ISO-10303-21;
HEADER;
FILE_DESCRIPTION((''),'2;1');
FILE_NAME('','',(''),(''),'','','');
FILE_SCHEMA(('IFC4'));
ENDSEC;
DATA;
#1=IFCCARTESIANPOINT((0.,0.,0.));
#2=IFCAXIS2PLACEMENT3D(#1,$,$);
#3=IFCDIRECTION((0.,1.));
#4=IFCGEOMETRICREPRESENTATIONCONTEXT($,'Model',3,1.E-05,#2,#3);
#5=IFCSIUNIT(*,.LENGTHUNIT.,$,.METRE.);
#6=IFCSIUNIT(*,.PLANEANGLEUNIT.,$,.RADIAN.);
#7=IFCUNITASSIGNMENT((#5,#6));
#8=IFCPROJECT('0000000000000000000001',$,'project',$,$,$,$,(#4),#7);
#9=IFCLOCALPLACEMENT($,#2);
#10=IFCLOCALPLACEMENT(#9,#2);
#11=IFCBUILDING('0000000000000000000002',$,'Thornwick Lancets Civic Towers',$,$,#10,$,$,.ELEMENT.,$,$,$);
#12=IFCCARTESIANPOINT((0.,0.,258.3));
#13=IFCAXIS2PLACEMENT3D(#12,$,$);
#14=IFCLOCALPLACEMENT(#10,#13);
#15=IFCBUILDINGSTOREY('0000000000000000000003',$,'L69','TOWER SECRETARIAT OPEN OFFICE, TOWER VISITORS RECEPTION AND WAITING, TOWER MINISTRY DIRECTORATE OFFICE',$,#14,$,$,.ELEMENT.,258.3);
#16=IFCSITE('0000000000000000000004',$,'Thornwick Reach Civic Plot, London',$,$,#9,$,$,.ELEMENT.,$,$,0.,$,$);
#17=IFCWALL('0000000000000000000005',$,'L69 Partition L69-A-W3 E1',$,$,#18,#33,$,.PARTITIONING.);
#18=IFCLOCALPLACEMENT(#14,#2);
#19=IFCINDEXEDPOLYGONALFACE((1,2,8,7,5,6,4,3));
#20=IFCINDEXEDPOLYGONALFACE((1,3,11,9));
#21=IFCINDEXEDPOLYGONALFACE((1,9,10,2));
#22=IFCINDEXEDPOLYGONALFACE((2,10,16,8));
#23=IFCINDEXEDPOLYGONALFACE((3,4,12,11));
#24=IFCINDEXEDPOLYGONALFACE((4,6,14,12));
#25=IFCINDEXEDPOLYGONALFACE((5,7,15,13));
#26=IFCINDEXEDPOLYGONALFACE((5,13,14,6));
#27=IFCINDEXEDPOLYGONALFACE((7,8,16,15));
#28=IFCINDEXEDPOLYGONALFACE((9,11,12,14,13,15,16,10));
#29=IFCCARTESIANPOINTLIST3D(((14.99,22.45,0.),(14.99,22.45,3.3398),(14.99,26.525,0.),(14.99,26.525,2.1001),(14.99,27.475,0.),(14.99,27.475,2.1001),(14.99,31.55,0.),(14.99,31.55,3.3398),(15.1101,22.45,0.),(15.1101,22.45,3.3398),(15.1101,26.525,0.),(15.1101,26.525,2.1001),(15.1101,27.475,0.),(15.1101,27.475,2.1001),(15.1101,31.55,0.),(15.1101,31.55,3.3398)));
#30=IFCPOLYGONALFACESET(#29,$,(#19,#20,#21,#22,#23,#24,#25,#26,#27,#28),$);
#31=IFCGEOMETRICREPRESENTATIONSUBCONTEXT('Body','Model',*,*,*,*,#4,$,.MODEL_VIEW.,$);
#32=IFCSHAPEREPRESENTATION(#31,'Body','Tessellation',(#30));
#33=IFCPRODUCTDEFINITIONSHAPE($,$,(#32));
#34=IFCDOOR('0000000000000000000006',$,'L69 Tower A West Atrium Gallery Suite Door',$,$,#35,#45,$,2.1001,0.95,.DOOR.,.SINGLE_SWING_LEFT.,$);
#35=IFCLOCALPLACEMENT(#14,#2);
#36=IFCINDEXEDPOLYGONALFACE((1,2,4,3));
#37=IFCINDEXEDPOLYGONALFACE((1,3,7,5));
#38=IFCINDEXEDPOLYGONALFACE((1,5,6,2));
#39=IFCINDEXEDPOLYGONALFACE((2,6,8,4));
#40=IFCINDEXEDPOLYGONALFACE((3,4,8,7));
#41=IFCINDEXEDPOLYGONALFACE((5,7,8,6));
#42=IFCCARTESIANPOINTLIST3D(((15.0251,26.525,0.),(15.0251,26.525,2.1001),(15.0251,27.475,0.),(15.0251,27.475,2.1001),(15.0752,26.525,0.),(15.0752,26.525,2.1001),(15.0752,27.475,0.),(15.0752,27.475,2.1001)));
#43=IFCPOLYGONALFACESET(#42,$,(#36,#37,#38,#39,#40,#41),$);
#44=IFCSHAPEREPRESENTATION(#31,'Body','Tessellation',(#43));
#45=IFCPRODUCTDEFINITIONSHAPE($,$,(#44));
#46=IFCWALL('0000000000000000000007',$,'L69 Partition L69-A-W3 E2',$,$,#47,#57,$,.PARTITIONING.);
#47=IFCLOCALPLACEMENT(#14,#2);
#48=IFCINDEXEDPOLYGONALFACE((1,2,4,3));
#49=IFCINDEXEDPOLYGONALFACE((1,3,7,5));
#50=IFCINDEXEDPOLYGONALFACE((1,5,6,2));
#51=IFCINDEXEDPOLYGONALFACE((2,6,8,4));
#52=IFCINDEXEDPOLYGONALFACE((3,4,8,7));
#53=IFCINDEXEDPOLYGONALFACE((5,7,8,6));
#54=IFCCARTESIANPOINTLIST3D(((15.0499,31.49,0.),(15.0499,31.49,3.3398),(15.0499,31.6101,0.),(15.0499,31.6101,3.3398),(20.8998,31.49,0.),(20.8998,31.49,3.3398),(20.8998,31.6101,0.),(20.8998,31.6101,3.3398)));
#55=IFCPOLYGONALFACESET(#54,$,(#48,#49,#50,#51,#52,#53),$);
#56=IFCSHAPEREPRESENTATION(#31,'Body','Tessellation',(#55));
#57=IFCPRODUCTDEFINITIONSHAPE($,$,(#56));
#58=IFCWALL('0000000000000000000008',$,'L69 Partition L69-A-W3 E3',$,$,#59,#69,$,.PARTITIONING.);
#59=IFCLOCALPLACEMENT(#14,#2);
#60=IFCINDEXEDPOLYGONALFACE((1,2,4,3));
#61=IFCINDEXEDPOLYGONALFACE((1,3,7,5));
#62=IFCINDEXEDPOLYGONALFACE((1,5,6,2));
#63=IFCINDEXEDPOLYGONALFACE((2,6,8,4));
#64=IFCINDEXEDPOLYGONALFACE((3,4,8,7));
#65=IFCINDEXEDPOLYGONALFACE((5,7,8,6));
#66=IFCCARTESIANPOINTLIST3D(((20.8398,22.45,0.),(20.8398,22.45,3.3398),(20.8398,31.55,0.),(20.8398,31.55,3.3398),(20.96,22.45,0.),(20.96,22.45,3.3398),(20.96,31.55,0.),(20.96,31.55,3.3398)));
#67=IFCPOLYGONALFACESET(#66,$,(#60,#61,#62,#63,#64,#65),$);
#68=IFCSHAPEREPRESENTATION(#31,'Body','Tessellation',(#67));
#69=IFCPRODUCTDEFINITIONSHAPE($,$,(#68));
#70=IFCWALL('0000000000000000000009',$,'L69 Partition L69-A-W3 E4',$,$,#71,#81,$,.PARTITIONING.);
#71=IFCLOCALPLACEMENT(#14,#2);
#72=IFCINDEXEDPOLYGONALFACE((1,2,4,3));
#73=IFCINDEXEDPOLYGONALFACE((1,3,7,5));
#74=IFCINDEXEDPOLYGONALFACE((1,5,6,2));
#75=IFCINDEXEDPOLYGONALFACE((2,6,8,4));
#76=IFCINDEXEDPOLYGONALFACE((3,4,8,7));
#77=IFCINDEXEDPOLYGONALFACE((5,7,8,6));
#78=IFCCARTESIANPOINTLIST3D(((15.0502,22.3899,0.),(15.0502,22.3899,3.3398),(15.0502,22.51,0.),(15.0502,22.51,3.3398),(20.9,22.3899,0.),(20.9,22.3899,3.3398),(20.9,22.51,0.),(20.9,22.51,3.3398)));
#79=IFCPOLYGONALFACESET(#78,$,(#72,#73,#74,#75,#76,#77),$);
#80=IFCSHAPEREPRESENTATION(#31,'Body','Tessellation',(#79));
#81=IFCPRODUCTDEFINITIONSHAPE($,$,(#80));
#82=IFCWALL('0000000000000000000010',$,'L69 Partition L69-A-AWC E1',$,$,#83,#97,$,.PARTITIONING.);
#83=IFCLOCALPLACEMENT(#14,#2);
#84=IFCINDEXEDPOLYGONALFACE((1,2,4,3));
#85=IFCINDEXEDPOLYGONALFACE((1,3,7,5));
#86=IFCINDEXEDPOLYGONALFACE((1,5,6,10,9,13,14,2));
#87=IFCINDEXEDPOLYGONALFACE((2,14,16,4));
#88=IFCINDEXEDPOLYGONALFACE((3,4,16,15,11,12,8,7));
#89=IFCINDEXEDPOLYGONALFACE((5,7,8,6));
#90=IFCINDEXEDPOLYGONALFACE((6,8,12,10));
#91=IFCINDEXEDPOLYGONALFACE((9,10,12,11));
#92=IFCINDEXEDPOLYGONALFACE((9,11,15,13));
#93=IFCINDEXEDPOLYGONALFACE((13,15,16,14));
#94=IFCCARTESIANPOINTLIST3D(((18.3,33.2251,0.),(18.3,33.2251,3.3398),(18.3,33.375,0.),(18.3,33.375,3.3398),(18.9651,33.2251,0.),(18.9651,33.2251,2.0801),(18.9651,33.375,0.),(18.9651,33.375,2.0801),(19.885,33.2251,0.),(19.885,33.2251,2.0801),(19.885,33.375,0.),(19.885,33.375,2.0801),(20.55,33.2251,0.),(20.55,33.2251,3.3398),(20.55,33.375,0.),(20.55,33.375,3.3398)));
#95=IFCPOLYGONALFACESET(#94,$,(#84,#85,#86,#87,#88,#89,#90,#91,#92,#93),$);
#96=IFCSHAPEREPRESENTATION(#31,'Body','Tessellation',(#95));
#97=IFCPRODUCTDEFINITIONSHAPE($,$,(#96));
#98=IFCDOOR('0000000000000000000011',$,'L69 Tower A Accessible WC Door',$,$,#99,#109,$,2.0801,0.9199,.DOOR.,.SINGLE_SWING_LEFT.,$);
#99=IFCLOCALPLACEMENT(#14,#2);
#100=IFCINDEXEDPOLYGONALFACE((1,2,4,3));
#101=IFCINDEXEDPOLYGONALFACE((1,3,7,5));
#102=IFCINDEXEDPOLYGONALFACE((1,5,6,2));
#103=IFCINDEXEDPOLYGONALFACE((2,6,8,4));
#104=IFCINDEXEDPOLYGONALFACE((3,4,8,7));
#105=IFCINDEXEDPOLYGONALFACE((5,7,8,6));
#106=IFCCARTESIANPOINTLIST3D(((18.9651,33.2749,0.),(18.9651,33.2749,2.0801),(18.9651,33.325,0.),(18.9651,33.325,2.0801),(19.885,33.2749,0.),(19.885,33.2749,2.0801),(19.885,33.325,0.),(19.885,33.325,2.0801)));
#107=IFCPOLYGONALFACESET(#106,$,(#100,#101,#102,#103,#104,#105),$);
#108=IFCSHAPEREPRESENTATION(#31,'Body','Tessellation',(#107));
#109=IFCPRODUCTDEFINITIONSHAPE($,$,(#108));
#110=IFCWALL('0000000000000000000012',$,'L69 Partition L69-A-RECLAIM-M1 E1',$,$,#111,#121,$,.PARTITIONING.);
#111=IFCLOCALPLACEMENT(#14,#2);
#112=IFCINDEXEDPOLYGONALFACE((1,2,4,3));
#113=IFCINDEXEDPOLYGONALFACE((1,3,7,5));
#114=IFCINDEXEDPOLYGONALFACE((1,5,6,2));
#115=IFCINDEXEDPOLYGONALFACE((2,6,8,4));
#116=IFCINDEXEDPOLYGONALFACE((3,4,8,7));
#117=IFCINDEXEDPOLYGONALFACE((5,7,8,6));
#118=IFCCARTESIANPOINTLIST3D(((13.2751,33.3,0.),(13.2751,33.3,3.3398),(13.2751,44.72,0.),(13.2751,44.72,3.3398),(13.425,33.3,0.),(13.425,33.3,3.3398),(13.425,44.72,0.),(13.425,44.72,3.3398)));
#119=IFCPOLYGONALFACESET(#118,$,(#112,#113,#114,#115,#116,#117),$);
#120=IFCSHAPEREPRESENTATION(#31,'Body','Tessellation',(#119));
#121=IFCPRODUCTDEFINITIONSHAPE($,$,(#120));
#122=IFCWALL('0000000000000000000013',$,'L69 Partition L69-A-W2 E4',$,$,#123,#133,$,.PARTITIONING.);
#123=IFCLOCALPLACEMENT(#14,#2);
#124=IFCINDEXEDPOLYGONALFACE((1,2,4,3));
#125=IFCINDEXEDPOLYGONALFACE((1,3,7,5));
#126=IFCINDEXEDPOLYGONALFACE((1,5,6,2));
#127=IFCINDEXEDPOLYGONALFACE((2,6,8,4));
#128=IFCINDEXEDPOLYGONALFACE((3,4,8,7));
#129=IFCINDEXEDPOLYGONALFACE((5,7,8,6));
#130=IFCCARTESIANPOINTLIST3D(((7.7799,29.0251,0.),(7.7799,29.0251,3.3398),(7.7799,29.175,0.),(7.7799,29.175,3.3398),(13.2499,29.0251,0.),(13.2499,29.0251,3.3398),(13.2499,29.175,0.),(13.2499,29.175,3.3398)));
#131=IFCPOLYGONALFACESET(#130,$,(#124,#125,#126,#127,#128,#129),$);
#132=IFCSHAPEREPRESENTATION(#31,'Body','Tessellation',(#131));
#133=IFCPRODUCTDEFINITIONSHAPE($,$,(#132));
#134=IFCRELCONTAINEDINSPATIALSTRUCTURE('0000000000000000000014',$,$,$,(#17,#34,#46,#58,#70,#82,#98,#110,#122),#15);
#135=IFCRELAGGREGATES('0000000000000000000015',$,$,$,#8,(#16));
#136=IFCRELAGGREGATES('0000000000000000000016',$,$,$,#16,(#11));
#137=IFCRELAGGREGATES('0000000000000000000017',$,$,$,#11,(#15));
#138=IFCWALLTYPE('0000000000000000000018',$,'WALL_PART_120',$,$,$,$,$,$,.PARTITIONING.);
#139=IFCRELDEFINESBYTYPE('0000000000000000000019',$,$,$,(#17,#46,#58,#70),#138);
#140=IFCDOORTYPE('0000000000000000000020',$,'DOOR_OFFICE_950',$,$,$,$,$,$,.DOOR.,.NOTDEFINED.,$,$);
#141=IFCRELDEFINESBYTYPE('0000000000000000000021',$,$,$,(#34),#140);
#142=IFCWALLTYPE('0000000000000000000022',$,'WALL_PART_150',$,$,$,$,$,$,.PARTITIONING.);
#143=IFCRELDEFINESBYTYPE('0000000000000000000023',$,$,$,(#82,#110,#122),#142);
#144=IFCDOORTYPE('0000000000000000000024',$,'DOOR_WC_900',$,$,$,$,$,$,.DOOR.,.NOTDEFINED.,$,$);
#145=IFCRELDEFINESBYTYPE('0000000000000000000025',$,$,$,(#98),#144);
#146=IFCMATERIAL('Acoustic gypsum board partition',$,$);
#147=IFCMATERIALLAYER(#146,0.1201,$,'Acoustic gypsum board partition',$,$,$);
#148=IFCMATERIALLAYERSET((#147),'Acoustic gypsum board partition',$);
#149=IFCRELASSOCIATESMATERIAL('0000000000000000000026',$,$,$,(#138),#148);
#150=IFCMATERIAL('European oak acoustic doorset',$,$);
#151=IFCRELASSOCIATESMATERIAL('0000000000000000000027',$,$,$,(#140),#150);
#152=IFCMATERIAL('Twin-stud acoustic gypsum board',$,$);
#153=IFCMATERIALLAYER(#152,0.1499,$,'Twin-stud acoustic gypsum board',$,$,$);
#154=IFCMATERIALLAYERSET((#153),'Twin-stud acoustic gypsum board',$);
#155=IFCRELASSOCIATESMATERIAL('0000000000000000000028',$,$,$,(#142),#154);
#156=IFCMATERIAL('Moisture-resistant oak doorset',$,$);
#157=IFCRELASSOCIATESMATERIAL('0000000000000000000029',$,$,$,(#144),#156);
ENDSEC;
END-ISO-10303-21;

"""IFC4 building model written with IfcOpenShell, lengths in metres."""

from ifc_helpers import new_model, si_unit, direction, frame, frame_2d, origin, place, context, subcontext, project, spatial, rectangle, extrude, material, layer, layer_set, type_object, element, fill, save


model = new_model("IFC4")

# Units and contexts
model_context = context("Model", 3, precision=1e-05, world=origin(), true_north=direction((0.0, 1.0)))
body_context = subcontext(model_context, "Body", "Model", "MODEL_VIEW")
ifc_project = project(units=[si_unit("LENGTHUNIT", "METRE"), si_unit("PLANEANGLEUNIT", "RADIAN")], contexts=[model_context])

# Site, building, storey
site_placement = place(None, origin())
site = spatial("IfcSite", under=ifc_project, at=site_placement, Name="Thornwick Reach Civic Plot, London", CompositionType="ELEMENT", RefElevation=0.0)
building_placement = place(site_placement, origin())
building = spatial("IfcBuilding", under=site, at=building_placement, Name="Thornwick Lancets Civic Towers", CompositionType="ELEMENT")
storey_placement = place(building_placement, frame((0.0, 0.0, 258.3)))
storey = spatial("IfcBuildingStorey", under=building, at=storey_placement, Name="L69", Description="TOWER SECRETARIAT OPEN OFFICE, TOWER VISITORS RECEPTION AND WAITING, TOWER MINISTRY DIRECTORATE OFFICE", CompositionType="ELEMENT", Elevation=258.3)

# Shared definitions
ifc_material_1 = material(Name="Acoustic gypsum board partition")
ifc_layer_1 = layer(ifc_material_1, 0.1201, Name="Acoustic gypsum board partition")
ifc_layer_set_1 = layer_set([ifc_layer_1], Name="Acoustic gypsum board partition")
wall_type_1 = type_object("IfcWallType", Name="WALL_PART_120", PredefinedType="PARTITIONING", material=ifc_layer_set_1)

# Wall, opening, door
wall_1_placement = place(storey_placement, frame((15.05, 22.45, 0.0), z_axis=(0.0, 0.0, 1.0), x_axis=(0.0, 1.0, 0.0)))
wall_1 = element("IfcWall", 1, at=wall_1_placement, inside=storey, type_object=wall_type_1, Name="L69 Partition L69-A-W3 E1", PredefinedType="PARTITIONING", context=body_context, shape_type="SweptSolid", body=[
    extrude(rectangle(XDim=9.1001, YDim=0.1201, at=frame_2d((4.55, 0.0))), origin(), (0.0, 0.0, 1.0), 3.3398),
])
opening_1_placement = place(wall_1_placement, frame((4.075, 0.0, 0.0)))
opening_1 = element("IfcOpeningElement", 2, at=opening_1_placement, cuts=wall_1, PredefinedType="OPENING", context=body_context, shape_type="SweptSolid", body=[
    extrude(rectangle(XDim=0.95, YDim=2.1001, at=frame_2d((0.4751, 1.05))), frame((0.0, 0.0701, 0.0), z_axis=(0.0, -1.0, 0.0), x_axis=(1.0, 0.0, 0.0)), (0.0, 0.0, 1.0), 0.1401),
])
ifc_material_2 = material(Name="European oak acoustic doorset")
door_type_1 = type_object("IfcDoorType", Name="DOOR_OFFICE_950", OperationType="NOTDEFINED", PredefinedType="DOOR", material=ifc_material_2)
door_1_placement = place(opening_1_placement, origin())
door_1 = element("IfcDoor", 3, at=door_1_placement, inside=storey, type_object=door_type_1, Name="L69 Tower A West Atrium Gallery Suite Door", OperationType="SINGLE_SWING_LEFT", OverallHeight=2.1001, OverallWidth=0.95, PredefinedType="DOOR", context=body_context, shape_type="SweptSolid", body=[
    extrude(rectangle(XDim=0.95, YDim=2.1001, at=frame_2d((0.4751, 1.05))), frame((0.0, 0.0249, 0.0), z_axis=(0.0, -1.0, 0.0), x_axis=(1.0, 0.0, 0.0)), (0.0, 0.0, 1.0), 0.05),
])
fill(opening_1, door_1)

# Walls
wall_2_placement = place(storey_placement, frame((15.05, 31.55, 0.0), z_axis=(0.0, 0.0, 1.0), x_axis=(1.0, 0.0, 0.0)))
element("IfcWall", 4, at=wall_2_placement, inside=storey, type_object=wall_type_1, Name="L69 Partition L69-A-W3 E2", PredefinedType="PARTITIONING", context=body_context, shape_type="SweptSolid", body=[
    extrude(rectangle(XDim=5.8499, YDim=0.1201, at=frame_2d((2.9248, 0.0))), origin(), (0.0, 0.0, 1.0), 3.3398),
])
wall_3_placement = place(storey_placement, frame((20.8999, 31.55, 0.0), z_axis=(0.0, 0.0, 1.0), x_axis=(0.0, -1.0, 0.0)))
element("IfcWall", 5, at=wall_3_placement, inside=storey, type_object=wall_type_1, Name="L69 Partition L69-A-W3 E3", PredefinedType="PARTITIONING", context=body_context, shape_type="SweptSolid", body=[
    extrude(rectangle(XDim=9.1001, YDim=0.1201, at=frame_2d((4.55, 0.0))), origin(), (0.0, 0.0, 1.0), 3.3398),
])
wall_4_placement = place(storey_placement, frame((20.8999, 22.45, 0.0), z_axis=(0.0, 0.0, 1.0), x_axis=(-1.0, 0.0, 0.0)))
element("IfcWall", 6, at=wall_4_placement, inside=storey, type_object=wall_type_1, Name="L69 Partition L69-A-W3 E4", PredefinedType="PARTITIONING", context=body_context, shape_type="SweptSolid", body=[
    extrude(rectangle(XDim=5.8499, YDim=0.1201, at=frame_2d((2.9248, 0.0))), origin(), (0.0, 0.0, 1.0), 3.3398),
])

# Wall, opening, door
ifc_material_3 = material(Name="Twin-stud acoustic gypsum board")
ifc_layer_2 = layer(ifc_material_3, 0.1499, Name="Twin-stud acoustic gypsum board")
ifc_layer_set_2 = layer_set([ifc_layer_2], Name="Twin-stud acoustic gypsum board")
wall_type_2 = type_object("IfcWallType", Name="WALL_PART_150", PredefinedType="PARTITIONING", material=ifc_layer_set_2)
wall_5_placement = place(storey_placement, frame((18.3, 33.3, 0.0), z_axis=(0.0, 0.0, 1.0), x_axis=(1.0, 0.0, 0.0)))
wall_5 = element("IfcWall", 7, at=wall_5_placement, inside=storey, type_object=wall_type_2, Name="L69 Partition L69-A-AWC E1", PredefinedType="PARTITIONING", context=body_context, shape_type="SweptSolid", body=[
    extrude(rectangle(XDim=2.25, YDim=0.1499, at=frame_2d((1.125, 0.0))), origin(), (0.0, 0.0, 1.0), 3.3398),
])
opening_2_placement = place(wall_5_placement, frame((0.665, 0.0, 0.0)))
opening_2 = element("IfcOpeningElement", 8, at=opening_2_placement, cuts=wall_5, PredefinedType="OPENING", context=body_context, shape_type="SweptSolid", body=[
    extrude(rectangle(XDim=0.9199, YDim=2.0801, at=frame_2d((0.46, 1.04))), frame((0.0, 0.085, 0.0), z_axis=(0.0, -1.0, 0.0), x_axis=(1.0, 0.0, 0.0)), (0.0, 0.0, 1.0), 0.1699),
])
ifc_material_4 = material(Name="Moisture-resistant oak doorset")
door_type_2 = type_object("IfcDoorType", Name="DOOR_WC_900", OperationType="NOTDEFINED", PredefinedType="DOOR", material=ifc_material_4)
door_2_placement = place(opening_2_placement, origin())
door_2 = element("IfcDoor", 9, at=door_2_placement, inside=storey, type_object=door_type_2, Name="L69 Tower A Accessible WC Door", OperationType="SINGLE_SWING_LEFT", OverallHeight=2.0801, OverallWidth=0.9199, PredefinedType="DOOR", context=body_context, shape_type="SweptSolid", body=[
    extrude(rectangle(XDim=0.9199, YDim=2.0801, at=frame_2d((0.46, 1.04))), frame((0.0, 0.0249, 0.0), z_axis=(0.0, -1.0, 0.0), x_axis=(1.0, 0.0, 0.0)), (0.0, 0.0, 1.0), 0.05),
])
fill(opening_2, door_2)

# Wall
wall_6_placement = place(storey_placement, frame((13.3501, 33.3, 0.0), z_axis=(0.0, 0.0, 1.0), x_axis=(0.0, 1.0, 0.0)))
element("IfcWall", 10, at=wall_6_placement, inside=storey, type_object=wall_type_2, Name="L69 Partition L69-A-RECLAIM-M1 E1", PredefinedType="PARTITIONING", context=body_context, shape_type="SweptSolid", body=[
    extrude(rectangle(XDim=11.4199, YDim=0.1499, at=frame_2d((5.71, 0.0))), origin(), (0.0, 0.0, 1.0), 3.3398),
])

# Wall
wall_7_placement = place(storey_placement, frame((7.78, 29.1001, 0.0), z_axis=(0.0, 0.0, 1.0), x_axis=(1.0, 0.0, 0.0)))
element("IfcWall", 11, at=wall_7_placement, inside=storey, type_object=wall_type_2, Name="L69 Partition L69-A-W2 E4", PredefinedType="PARTITIONING", context=body_context, shape_type="SweptSolid", body=[
    extrude(rectangle(XDim=5.47, YDim=0.1499, at=frame_2d((2.7349, 0.0))), origin(), (0.0, 0.0, 1.0), 3.3398),
])

save(model, "model.ifc")
